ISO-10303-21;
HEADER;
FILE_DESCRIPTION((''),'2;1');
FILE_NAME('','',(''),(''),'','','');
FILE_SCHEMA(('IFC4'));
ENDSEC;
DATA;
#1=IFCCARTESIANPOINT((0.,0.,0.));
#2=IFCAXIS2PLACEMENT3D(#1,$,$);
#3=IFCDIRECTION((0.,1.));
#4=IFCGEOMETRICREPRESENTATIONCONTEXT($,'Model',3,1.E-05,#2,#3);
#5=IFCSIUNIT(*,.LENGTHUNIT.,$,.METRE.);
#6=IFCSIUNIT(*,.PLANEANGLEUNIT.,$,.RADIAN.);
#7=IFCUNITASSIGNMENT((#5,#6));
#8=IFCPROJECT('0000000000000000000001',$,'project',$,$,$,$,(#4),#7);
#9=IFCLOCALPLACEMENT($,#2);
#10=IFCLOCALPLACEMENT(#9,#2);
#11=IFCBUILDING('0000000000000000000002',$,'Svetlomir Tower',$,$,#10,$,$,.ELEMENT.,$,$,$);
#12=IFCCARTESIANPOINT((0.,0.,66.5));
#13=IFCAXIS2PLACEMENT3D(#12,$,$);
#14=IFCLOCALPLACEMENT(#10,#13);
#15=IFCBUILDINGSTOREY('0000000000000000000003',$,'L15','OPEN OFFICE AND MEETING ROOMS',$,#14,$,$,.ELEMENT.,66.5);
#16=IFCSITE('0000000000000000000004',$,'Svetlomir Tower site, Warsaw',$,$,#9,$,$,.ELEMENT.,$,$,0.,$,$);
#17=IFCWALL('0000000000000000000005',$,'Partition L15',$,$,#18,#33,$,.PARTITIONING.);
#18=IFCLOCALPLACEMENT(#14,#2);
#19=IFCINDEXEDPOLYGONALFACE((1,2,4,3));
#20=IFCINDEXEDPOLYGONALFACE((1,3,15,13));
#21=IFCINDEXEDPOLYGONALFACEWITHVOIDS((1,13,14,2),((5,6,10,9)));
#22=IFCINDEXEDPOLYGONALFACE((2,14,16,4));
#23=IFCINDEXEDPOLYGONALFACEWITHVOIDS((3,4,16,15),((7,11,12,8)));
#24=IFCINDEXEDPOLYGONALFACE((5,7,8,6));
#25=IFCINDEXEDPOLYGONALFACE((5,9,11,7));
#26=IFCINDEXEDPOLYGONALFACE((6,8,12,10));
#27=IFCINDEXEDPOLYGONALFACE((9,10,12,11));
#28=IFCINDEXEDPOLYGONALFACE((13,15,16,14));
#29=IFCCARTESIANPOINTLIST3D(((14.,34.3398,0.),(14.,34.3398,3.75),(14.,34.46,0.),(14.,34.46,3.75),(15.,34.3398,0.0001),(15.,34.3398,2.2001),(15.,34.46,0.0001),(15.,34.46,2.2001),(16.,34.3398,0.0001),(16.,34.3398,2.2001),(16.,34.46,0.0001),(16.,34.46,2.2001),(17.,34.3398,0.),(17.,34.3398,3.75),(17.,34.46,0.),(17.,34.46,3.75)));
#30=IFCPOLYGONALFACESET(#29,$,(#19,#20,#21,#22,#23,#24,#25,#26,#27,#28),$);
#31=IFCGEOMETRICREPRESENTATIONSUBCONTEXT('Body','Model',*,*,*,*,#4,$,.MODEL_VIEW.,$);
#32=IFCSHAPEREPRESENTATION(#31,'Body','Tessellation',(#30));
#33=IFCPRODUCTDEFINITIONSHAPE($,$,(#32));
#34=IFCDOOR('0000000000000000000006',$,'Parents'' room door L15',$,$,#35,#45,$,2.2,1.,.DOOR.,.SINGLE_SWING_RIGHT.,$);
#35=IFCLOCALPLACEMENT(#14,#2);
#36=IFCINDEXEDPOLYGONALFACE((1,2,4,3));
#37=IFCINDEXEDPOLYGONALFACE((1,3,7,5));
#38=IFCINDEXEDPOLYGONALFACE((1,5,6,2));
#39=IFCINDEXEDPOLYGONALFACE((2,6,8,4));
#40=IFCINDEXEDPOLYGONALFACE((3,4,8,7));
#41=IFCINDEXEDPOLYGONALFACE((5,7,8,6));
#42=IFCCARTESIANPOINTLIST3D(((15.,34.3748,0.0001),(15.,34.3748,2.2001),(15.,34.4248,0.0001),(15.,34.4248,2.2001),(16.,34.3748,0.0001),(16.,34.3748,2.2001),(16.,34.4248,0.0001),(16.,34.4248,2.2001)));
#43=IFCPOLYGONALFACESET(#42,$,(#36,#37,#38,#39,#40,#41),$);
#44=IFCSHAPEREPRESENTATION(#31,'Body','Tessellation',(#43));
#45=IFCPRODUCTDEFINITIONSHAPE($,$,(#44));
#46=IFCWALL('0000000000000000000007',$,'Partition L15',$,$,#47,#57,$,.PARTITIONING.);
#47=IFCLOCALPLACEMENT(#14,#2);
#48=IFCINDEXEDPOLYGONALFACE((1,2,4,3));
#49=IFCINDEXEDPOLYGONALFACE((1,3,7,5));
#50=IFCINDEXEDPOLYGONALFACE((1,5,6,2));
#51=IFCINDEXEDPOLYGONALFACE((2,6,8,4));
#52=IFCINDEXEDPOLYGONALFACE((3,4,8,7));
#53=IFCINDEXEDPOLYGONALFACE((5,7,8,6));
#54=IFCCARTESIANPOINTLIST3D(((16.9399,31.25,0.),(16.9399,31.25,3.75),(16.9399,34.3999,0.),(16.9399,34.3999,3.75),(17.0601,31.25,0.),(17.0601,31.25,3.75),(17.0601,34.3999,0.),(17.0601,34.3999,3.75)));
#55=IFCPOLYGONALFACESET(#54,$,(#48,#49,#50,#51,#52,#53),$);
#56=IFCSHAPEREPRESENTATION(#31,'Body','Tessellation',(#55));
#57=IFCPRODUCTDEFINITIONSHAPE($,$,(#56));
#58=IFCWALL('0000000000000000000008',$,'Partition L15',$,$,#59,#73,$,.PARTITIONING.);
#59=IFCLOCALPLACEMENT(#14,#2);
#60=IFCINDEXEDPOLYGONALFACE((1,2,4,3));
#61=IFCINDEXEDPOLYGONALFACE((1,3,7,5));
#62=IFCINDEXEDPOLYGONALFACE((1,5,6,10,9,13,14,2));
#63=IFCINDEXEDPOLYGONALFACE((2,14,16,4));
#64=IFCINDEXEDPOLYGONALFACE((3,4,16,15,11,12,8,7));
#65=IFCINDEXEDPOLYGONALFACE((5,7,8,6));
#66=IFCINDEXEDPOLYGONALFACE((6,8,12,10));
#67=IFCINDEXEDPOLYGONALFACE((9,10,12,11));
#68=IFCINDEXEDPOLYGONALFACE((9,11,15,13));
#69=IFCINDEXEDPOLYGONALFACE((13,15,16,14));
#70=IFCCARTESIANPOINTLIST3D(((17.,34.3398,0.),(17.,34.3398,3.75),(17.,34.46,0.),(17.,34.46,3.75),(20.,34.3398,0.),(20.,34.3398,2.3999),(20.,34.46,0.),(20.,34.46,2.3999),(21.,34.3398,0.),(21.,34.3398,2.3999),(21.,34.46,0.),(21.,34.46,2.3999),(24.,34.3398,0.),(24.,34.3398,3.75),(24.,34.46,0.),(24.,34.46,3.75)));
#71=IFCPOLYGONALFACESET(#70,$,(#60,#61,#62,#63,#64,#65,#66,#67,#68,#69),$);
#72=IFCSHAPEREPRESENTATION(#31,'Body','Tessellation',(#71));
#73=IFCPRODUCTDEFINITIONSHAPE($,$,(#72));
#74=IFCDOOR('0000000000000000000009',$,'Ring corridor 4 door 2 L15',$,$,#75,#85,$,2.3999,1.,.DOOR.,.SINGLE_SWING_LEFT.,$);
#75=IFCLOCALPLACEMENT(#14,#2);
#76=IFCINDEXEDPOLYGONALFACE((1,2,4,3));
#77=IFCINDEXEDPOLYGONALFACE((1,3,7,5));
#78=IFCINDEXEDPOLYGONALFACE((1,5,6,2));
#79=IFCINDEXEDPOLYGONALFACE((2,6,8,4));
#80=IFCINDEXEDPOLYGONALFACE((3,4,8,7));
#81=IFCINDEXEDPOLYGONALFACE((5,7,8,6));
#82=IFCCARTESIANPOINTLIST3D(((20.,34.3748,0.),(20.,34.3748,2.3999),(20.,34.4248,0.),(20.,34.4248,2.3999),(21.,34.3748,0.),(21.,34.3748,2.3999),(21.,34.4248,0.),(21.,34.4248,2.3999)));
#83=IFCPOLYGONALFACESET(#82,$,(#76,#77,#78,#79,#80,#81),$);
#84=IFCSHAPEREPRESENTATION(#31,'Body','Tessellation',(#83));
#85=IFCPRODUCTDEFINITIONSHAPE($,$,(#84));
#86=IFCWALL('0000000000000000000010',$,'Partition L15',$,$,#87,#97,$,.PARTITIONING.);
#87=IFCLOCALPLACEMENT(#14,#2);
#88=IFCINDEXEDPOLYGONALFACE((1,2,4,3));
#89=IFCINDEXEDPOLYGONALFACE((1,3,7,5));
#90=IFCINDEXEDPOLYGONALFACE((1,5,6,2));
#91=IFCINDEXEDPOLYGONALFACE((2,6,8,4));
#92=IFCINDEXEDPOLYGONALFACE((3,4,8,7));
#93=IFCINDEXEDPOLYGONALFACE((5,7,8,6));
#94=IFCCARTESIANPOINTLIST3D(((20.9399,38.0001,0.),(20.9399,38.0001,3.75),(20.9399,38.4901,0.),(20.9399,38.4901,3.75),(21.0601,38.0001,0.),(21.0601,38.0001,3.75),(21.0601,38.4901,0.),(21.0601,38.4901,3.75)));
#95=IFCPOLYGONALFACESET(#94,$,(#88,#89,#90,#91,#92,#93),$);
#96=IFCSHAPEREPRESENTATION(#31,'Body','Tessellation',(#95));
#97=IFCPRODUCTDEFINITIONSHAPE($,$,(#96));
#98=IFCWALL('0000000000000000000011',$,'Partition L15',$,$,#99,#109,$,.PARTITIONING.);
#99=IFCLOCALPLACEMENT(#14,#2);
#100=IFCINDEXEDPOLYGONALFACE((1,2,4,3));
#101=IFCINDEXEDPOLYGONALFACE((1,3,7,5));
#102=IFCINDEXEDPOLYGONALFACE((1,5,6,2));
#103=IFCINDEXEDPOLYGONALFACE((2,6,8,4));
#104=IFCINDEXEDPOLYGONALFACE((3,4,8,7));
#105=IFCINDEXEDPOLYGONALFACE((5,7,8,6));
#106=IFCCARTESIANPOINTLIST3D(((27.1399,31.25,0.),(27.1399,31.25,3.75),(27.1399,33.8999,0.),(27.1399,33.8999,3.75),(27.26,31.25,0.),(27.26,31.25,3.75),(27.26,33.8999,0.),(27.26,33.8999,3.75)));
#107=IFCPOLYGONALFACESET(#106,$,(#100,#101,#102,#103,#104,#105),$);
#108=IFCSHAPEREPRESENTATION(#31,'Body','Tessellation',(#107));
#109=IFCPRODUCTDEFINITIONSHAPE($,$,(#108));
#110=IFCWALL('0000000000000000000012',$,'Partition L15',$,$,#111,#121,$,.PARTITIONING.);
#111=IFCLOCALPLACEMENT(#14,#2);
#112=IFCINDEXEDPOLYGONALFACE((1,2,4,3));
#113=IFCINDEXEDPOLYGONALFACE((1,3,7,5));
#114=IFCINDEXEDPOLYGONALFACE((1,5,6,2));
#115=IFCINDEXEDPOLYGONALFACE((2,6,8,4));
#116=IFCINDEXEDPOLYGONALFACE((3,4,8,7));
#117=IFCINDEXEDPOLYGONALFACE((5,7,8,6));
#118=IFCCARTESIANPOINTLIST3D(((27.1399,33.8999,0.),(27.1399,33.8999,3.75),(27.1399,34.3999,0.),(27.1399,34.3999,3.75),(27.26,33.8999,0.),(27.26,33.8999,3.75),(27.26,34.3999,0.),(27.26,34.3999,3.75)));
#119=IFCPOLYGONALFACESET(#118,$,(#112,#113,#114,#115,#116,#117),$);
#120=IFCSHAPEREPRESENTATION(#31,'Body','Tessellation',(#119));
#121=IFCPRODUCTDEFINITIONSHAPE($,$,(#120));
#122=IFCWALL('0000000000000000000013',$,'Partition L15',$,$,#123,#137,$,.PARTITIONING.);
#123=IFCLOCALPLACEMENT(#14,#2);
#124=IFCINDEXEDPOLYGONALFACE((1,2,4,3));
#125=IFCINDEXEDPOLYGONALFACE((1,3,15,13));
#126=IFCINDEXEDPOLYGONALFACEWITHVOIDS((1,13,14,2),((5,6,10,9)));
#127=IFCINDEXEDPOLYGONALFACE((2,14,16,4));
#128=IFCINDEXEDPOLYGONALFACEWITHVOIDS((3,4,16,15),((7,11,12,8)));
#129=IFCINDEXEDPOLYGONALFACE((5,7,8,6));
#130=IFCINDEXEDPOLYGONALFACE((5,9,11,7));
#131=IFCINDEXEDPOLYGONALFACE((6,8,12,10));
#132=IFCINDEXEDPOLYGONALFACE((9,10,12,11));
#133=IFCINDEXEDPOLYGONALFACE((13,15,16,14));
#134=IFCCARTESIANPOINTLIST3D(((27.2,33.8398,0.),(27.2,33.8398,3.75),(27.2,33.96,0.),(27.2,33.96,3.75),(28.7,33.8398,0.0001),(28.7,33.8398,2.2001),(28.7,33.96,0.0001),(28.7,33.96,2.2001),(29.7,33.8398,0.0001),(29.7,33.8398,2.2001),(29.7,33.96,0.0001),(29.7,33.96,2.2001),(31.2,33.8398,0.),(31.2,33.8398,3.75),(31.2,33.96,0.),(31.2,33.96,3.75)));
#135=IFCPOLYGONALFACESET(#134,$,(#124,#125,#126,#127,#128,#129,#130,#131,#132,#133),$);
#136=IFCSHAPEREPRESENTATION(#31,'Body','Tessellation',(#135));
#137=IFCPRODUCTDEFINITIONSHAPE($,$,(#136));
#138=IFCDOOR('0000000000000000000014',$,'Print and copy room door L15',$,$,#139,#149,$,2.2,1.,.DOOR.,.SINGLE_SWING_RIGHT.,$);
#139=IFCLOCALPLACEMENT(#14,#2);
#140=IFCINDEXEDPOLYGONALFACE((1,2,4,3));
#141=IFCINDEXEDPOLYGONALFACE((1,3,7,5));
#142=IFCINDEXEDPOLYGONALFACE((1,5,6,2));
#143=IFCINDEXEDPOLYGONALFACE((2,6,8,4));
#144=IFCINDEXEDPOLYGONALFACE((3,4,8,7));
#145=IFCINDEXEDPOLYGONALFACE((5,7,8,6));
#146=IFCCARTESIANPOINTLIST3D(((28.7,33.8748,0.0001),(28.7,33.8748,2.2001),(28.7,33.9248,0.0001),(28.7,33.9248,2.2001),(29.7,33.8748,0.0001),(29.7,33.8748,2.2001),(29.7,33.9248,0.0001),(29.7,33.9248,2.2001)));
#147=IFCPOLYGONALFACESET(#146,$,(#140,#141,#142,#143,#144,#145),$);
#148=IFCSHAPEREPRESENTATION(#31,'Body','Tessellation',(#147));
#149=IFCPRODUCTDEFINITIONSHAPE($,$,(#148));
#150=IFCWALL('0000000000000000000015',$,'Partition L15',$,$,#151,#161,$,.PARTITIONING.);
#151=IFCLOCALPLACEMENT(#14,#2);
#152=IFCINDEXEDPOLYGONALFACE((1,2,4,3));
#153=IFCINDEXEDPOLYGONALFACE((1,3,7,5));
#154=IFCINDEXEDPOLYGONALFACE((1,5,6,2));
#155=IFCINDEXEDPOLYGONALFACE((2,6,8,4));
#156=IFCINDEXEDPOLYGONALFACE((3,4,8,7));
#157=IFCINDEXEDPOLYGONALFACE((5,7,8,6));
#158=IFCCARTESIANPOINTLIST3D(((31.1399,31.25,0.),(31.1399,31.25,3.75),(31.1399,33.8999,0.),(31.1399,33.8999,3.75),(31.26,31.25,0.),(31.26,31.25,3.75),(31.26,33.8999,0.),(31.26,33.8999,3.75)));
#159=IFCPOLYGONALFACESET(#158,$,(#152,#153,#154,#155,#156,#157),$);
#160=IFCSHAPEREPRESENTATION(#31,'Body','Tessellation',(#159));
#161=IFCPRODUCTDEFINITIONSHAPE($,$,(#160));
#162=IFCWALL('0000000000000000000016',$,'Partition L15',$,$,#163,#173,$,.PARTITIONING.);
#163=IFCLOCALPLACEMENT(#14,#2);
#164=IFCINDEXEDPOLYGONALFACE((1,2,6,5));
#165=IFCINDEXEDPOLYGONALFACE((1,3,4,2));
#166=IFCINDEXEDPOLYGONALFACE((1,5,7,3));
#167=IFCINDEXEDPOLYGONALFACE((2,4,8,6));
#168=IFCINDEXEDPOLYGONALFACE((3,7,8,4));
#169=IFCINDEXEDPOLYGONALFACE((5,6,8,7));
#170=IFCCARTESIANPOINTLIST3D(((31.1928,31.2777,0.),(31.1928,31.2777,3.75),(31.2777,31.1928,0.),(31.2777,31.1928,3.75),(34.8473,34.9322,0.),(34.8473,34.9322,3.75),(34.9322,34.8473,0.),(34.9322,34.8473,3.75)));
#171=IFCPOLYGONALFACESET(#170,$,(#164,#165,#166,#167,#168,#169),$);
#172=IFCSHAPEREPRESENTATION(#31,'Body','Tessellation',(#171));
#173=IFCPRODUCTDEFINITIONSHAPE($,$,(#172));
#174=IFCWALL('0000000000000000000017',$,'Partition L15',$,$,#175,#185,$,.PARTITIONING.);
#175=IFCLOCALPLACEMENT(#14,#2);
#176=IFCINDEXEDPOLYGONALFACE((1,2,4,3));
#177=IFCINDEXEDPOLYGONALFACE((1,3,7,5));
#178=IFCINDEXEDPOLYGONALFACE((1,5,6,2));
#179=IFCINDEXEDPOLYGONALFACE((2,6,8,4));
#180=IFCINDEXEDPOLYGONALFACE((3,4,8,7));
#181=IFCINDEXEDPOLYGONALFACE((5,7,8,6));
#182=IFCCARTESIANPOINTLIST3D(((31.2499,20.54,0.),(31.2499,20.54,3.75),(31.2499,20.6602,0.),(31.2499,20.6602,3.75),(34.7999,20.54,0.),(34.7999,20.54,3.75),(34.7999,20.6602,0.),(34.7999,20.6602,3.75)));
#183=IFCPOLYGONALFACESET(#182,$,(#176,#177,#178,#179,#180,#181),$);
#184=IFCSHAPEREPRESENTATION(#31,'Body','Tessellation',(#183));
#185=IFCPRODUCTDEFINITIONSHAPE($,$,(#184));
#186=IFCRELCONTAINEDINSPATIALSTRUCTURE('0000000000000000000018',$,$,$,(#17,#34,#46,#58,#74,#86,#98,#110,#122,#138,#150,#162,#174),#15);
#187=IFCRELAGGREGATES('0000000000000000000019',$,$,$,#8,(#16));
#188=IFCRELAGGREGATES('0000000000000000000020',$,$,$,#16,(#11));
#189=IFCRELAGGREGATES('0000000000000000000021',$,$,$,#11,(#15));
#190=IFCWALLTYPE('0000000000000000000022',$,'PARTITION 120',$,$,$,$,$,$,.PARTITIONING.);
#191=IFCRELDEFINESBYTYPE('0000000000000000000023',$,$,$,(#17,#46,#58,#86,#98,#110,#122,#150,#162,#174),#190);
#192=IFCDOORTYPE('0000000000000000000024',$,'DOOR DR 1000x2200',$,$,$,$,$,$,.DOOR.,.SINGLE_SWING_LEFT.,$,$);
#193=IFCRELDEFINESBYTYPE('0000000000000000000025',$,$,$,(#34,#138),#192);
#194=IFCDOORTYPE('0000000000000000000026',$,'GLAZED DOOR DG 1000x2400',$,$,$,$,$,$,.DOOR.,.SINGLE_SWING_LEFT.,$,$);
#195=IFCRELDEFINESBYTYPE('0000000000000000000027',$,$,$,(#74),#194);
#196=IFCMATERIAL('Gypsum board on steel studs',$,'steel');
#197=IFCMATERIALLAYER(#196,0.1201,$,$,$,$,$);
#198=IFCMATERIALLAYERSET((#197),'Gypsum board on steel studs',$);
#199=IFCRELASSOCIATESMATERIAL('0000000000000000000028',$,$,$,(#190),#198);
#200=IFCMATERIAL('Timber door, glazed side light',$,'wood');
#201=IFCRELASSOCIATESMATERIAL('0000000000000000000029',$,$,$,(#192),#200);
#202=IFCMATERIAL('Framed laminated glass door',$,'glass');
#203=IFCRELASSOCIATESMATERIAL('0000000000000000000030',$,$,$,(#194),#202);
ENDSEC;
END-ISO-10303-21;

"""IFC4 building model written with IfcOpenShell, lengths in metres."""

from ifc_helpers import new_model, si_unit, direction, frame, frame_2d, origin, place, context, subcontext, project, spatial, rectangle, extrude, material, layer, layer_set, type_object, element, fill, save


model = new_model("IFC4")

# Units and contexts
model_context = context("Model", 3, precision=1e-05, world=origin(), true_north=direction((0.0, 1.0)))
body_context = subcontext(model_context, "Body", "Model", "MODEL_VIEW")
ifc_project = project(units=[si_unit("LENGTHUNIT", "METRE"), si_unit("PLANEANGLEUNIT", "RADIAN")], contexts=[model_context])

# Site, building, storey
site_placement = place(None, origin())
site = spatial("IfcSite", under=ifc_project, at=site_placement, Name="Svetlomir Tower site, Warsaw", CompositionType="ELEMENT", RefElevation=0.0)
building_placement = place(site_placement, origin())
building = spatial("IfcBuilding", under=site, at=building_placement, Name="Svetlomir Tower", CompositionType="ELEMENT")
storey_placement = place(building_placement, frame((0.0, 0.0, 66.5)))
storey = spatial("IfcBuildingStorey", under=building, at=storey_placement, Name="L15", Description="OPEN OFFICE AND MEETING ROOMS", CompositionType="ELEMENT", Elevation=66.5)

# Shared definitions
ifc_material_1 = material(Name="Gypsum board on steel studs", Category="steel")
ifc_layer_1 = layer(ifc_material_1, 0.1201)
ifc_layer_set_1 = layer_set([ifc_layer_1], Name="Gypsum board on steel studs")
wall_type_1 = type_object("IfcWallType", Name="PARTITION 120", PredefinedType="PARTITIONING", material=ifc_layer_set_1)

# Wall, opening, door
wall_1_placement = place(storey_placement, frame((14.0, 34.3999, 0.0), z_axis=(0.0, 0.0, 1.0), x_axis=(1.0, 0.0, 0.0)))
wall_1 = element("IfcWall", 1, at=wall_1_placement, inside=storey, type_object=wall_type_1, Name="Partition L15", PredefinedType="PARTITIONING", context=body_context, shape_type="SweptSolid", body=[
    extrude(rectangle(XDim=3.0, YDim=0.1201, at=frame_2d((1.5, 0.0))), origin(), (0.0, 0.0, 1.0), 3.75),
])
opening_1_placement = place(wall_1_placement, frame((1.0, 0.0, 0.0)))
opening_1 = element("IfcOpeningElement", 2, at=opening_1_placement, cuts=wall_1, PredefinedType="OPENING", context=body_context, shape_type="SweptSolid", body=[
    extrude(rectangle(XDim=1.0, YDim=2.2, at=frame_2d((0.5, 1.1001))), frame((0.0, 0.0701, 0.0), z_axis=(0.0, -1.0, 0.0), x_axis=(1.0, 0.0, 0.0)), (0.0, 0.0, 1.0), 0.1401),
])
ifc_material_2 = material(Name="Timber door, glazed side light", Category="wood")
door_type_1 = type_object("IfcDoorType", Name="DOOR DR 1000x2200", OperationType="SINGLE_SWING_LEFT", PredefinedType="DOOR", material=ifc_material_2)
door_1_placement = place(opening_1_placement, origin())
door_1 = element("IfcDoor", 3, at=door_1_placement, inside=storey, type_object=door_type_1, Name="Parents' room door L15", OperationType="SINGLE_SWING_RIGHT", OverallHeight=2.2, OverallWidth=1.0, PredefinedType="DOOR", context=body_context, shape_type="SweptSolid", body=[
    extrude(rectangle(XDim=1.0, YDim=2.2, at=frame_2d((0.5, 1.1001))), frame((0.0, 0.0249, 0.0), z_axis=(0.0, -1.0, 0.0), x_axis=(1.0, 0.0, 0.0)), (0.0, 0.0, 1.0), 0.05),
])
fill(opening_1, door_1)

# Wall
wall_2_placement = place(storey_placement, frame((17.0, 31.25, 0.0), z_axis=(0.0, 0.0, 1.0), x_axis=(0.0, 1.0, 0.0)))
element("IfcWall", 4, at=wall_2_placement, inside=storey, type_object=wall_type_1, Name="Partition L15", PredefinedType="PARTITIONING", context=body_context, shape_type="SweptSolid", body=[
    extrude(rectangle(XDim=3.1499, YDim=0.1201, at=frame_2d((1.575, 0.0))), origin(), (0.0, 0.0, 1.0), 3.75),
])

# Wall, opening, door
wall_3_placement = place(storey_placement, frame((17.0, 34.3999, 0.0), z_axis=(0.0, 0.0, 1.0), x_axis=(1.0, 0.0, 0.0)))
wall_3 = element("IfcWall", 5, at=wall_3_placement, inside=storey, type_object=wall_type_1, Name="Partition L15", PredefinedType="PARTITIONING", context=body_context, shape_type="SweptSolid", body=[
    extrude(rectangle(XDim=7.0, YDim=0.1201, at=frame_2d((3.5, 0.0))), origin(), (0.0, 0.0, 1.0), 3.75),
])
opening_2_placement = place(wall_3_placement, frame((3.0, 0.0, 0.0)))
opening_2 = element("IfcOpeningElement", 6, at=opening_2_placement, cuts=wall_3, PredefinedType="OPENING", context=body_context, shape_type="SweptSolid", body=[
    extrude(rectangle(XDim=1.0, YDim=2.3999, at=frame_2d((0.5, 1.2))), frame((0.0, 0.0701, 0.0), z_axis=(0.0, -1.0, 0.0), x_axis=(1.0, 0.0, 0.0)), (0.0, 0.0, 1.0), 0.1401),
])
ifc_material_3 = material(Name="Framed laminated glass door", Category="glass")
door_type_2 = type_object("IfcDoorType", Name="GLAZED DOOR DG 1000x2400", OperationType="SINGLE_SWING_LEFT", PredefinedType="DOOR", material=ifc_material_3)
door_2_placement = place(opening_2_placement, origin())
door_2 = element("IfcDoor", 7, at=door_2_placement, inside=storey, type_object=door_type_2, Name="Ring corridor 4 door 2 L15", OperationType="SINGLE_SWING_LEFT", OverallHeight=2.3999, OverallWidth=1.0, PredefinedType="DOOR", context=body_context, shape_type="SweptSolid", body=[
    extrude(rectangle(XDim=1.0, YDim=2.3999, at=frame_2d((0.5, 1.2))), frame((0.0, 0.0249, 0.0), z_axis=(0.0, -1.0, 0.0), x_axis=(1.0, 0.0, 0.0)), (0.0, 0.0, 1.0), 0.05),
])
fill(opening_2, door_2)

# Wall
wall_4_placement = place(storey_placement, frame((21.0, 38.0, 0.0), z_axis=(0.0, 0.0, 1.0), x_axis=(0.0, 1.0, 0.0)))
element("IfcWall", 8, at=wall_4_placement, inside=storey, type_object=wall_type_1, Name="Partition L15", PredefinedType="PARTITIONING", context=body_context, shape_type="SweptSolid", body=[
    extrude(rectangle(XDim=0.49, YDim=0.1201, at=frame_2d((0.2451, 0.0))), origin(), (0.0, 0.0, 1.0), 3.75),
])

# Walls
wall_5_placement = place(storey_placement, frame((27.2, 31.25, 0.0), z_axis=(0.0, 0.0, 1.0), x_axis=(0.0, 1.0, 0.0)))
element("IfcWall", 9, at=wall_5_placement, inside=storey, type_object=wall_type_1, Name="Partition L15", PredefinedType="PARTITIONING", context=body_context, shape_type="SweptSolid", body=[
    extrude(rectangle(XDim=2.6499, YDim=0.1201, at=frame_2d((1.325, 0.0))), origin(), (0.0, 0.0, 1.0), 3.75),
])
wall_6_placement = place(storey_placement, frame((27.2, 33.8999, 0.0), z_axis=(0.0, 0.0, 1.0), x_axis=(0.0, 1.0, 0.0)))
element("IfcWall", 10, at=wall_6_placement, inside=storey, type_object=wall_type_1, Name="Partition L15", PredefinedType="PARTITIONING", context=body_context, shape_type="SweptSolid", body=[
    extrude(rectangle(XDim=0.5, YDim=0.1201, at=frame_2d((0.25, 0.0))), origin(), (0.0, 0.0, 1.0), 3.75),
])

# Wall, opening, door
wall_7_placement = place(storey_placement, frame((27.2, 33.8999, 0.0), z_axis=(0.0, 0.0, 1.0), x_axis=(1.0, 0.0, 0.0)))
wall_7 = element("IfcWall", 11, at=wall_7_placement, inside=storey, type_object=wall_type_1, Name="Partition L15", PredefinedType="PARTITIONING", context=body_context, shape_type="SweptSolid", body=[
    extrude(rectangle(XDim=4.0, YDim=0.1201, at=frame_2d((2.0, 0.0))), origin(), (0.0, 0.0, 1.0), 3.75),
])
opening_3_placement = place(wall_7_placement, frame((1.5, 0.0, 0.0)))
opening_3 = element("IfcOpeningElement", 12, at=opening_3_placement, cuts=wall_7, PredefinedType="OPENING", context=body_context, shape_type="SweptSolid", body=[
    extrude(rectangle(XDim=1.0, YDim=2.2, at=frame_2d((0.5, 1.1001))), frame((0.0, 0.0701, 0.0), z_axis=(0.0, -1.0, 0.0), x_axis=(1.0, 0.0, 0.0)), (0.0, 0.0, 1.0), 0.1401),
])
door_3_placement = place(opening_3_placement, origin())
door_3 = element("IfcDoor", 13, at=door_3_placement, inside=storey, type_object=door_type_1, Name="Print and copy room door L15", OperationType="SINGLE_SWING_RIGHT", OverallHeight=2.2, OverallWidth=1.0, PredefinedType="DOOR", context=body_context, shape_type="SweptSolid", body=[
    extrude(rectangle(XDim=1.0, YDim=2.2, at=frame_2d((0.5, 1.1001))), frame((0.0, 0.0249, 0.0), z_axis=(0.0, -1.0, 0.0), x_axis=(1.0, 0.0, 0.0)), (0.0, 0.0, 1.0), 0.05),
])
fill(opening_3, door_3)

# Walls
wall_8_placement = place(storey_placement, frame((31.2, 31.25, 0.0), z_axis=(0.0, 0.0, 1.0), x_axis=(0.0, 1.0, 0.0)))
element("IfcWall", 14, at=wall_8_placement, inside=storey, type_object=wall_type_1, Name="Partition L15", PredefinedType="PARTITIONING", context=body_context, shape_type="SweptSolid", body=[
    extrude(rectangle(XDim=2.6499, YDim=0.1201, at=frame_2d((1.325, 0.0))), origin(), (0.0, 0.0, 1.0), 3.75),
])
wall_9_placement = place(storey_placement, frame((31.2354, 31.2354, 0.0), z_axis=(0.0, 0.0, 1.0), x_axis=(0.707107, 0.707107, 0.0)))
element("IfcWall", 15, at=wall_9_placement, inside=storey, type_object=wall_type_1, Name="Partition L15", PredefinedType="PARTITIONING", context=body_context, shape_type="SweptSolid", body=[
    extrude(rectangle(XDim=5.1682, YDim=0.1201, at=frame_2d((2.584, 0.0))), origin(), (0.0, 0.0, 1.0), 3.75),
])
wall_10_placement = place(storey_placement, frame((31.25, 20.6001, 0.0), z_axis=(0.0, 0.0, 1.0), x_axis=(1.0, 0.0, 0.0)))
element("IfcWall", 16, at=wall_10_placement, inside=storey, type_object=wall_type_1, Name="Partition L15", PredefinedType="PARTITIONING", context=body_context, shape_type="SweptSolid", body=[
    extrude(rectangle(XDim=3.55, YDim=0.1201, at=frame_2d((1.7749, 0.0))), origin(), (0.0, 0.0, 1.0), 3.75),
])

save(model, "model.ifc")
